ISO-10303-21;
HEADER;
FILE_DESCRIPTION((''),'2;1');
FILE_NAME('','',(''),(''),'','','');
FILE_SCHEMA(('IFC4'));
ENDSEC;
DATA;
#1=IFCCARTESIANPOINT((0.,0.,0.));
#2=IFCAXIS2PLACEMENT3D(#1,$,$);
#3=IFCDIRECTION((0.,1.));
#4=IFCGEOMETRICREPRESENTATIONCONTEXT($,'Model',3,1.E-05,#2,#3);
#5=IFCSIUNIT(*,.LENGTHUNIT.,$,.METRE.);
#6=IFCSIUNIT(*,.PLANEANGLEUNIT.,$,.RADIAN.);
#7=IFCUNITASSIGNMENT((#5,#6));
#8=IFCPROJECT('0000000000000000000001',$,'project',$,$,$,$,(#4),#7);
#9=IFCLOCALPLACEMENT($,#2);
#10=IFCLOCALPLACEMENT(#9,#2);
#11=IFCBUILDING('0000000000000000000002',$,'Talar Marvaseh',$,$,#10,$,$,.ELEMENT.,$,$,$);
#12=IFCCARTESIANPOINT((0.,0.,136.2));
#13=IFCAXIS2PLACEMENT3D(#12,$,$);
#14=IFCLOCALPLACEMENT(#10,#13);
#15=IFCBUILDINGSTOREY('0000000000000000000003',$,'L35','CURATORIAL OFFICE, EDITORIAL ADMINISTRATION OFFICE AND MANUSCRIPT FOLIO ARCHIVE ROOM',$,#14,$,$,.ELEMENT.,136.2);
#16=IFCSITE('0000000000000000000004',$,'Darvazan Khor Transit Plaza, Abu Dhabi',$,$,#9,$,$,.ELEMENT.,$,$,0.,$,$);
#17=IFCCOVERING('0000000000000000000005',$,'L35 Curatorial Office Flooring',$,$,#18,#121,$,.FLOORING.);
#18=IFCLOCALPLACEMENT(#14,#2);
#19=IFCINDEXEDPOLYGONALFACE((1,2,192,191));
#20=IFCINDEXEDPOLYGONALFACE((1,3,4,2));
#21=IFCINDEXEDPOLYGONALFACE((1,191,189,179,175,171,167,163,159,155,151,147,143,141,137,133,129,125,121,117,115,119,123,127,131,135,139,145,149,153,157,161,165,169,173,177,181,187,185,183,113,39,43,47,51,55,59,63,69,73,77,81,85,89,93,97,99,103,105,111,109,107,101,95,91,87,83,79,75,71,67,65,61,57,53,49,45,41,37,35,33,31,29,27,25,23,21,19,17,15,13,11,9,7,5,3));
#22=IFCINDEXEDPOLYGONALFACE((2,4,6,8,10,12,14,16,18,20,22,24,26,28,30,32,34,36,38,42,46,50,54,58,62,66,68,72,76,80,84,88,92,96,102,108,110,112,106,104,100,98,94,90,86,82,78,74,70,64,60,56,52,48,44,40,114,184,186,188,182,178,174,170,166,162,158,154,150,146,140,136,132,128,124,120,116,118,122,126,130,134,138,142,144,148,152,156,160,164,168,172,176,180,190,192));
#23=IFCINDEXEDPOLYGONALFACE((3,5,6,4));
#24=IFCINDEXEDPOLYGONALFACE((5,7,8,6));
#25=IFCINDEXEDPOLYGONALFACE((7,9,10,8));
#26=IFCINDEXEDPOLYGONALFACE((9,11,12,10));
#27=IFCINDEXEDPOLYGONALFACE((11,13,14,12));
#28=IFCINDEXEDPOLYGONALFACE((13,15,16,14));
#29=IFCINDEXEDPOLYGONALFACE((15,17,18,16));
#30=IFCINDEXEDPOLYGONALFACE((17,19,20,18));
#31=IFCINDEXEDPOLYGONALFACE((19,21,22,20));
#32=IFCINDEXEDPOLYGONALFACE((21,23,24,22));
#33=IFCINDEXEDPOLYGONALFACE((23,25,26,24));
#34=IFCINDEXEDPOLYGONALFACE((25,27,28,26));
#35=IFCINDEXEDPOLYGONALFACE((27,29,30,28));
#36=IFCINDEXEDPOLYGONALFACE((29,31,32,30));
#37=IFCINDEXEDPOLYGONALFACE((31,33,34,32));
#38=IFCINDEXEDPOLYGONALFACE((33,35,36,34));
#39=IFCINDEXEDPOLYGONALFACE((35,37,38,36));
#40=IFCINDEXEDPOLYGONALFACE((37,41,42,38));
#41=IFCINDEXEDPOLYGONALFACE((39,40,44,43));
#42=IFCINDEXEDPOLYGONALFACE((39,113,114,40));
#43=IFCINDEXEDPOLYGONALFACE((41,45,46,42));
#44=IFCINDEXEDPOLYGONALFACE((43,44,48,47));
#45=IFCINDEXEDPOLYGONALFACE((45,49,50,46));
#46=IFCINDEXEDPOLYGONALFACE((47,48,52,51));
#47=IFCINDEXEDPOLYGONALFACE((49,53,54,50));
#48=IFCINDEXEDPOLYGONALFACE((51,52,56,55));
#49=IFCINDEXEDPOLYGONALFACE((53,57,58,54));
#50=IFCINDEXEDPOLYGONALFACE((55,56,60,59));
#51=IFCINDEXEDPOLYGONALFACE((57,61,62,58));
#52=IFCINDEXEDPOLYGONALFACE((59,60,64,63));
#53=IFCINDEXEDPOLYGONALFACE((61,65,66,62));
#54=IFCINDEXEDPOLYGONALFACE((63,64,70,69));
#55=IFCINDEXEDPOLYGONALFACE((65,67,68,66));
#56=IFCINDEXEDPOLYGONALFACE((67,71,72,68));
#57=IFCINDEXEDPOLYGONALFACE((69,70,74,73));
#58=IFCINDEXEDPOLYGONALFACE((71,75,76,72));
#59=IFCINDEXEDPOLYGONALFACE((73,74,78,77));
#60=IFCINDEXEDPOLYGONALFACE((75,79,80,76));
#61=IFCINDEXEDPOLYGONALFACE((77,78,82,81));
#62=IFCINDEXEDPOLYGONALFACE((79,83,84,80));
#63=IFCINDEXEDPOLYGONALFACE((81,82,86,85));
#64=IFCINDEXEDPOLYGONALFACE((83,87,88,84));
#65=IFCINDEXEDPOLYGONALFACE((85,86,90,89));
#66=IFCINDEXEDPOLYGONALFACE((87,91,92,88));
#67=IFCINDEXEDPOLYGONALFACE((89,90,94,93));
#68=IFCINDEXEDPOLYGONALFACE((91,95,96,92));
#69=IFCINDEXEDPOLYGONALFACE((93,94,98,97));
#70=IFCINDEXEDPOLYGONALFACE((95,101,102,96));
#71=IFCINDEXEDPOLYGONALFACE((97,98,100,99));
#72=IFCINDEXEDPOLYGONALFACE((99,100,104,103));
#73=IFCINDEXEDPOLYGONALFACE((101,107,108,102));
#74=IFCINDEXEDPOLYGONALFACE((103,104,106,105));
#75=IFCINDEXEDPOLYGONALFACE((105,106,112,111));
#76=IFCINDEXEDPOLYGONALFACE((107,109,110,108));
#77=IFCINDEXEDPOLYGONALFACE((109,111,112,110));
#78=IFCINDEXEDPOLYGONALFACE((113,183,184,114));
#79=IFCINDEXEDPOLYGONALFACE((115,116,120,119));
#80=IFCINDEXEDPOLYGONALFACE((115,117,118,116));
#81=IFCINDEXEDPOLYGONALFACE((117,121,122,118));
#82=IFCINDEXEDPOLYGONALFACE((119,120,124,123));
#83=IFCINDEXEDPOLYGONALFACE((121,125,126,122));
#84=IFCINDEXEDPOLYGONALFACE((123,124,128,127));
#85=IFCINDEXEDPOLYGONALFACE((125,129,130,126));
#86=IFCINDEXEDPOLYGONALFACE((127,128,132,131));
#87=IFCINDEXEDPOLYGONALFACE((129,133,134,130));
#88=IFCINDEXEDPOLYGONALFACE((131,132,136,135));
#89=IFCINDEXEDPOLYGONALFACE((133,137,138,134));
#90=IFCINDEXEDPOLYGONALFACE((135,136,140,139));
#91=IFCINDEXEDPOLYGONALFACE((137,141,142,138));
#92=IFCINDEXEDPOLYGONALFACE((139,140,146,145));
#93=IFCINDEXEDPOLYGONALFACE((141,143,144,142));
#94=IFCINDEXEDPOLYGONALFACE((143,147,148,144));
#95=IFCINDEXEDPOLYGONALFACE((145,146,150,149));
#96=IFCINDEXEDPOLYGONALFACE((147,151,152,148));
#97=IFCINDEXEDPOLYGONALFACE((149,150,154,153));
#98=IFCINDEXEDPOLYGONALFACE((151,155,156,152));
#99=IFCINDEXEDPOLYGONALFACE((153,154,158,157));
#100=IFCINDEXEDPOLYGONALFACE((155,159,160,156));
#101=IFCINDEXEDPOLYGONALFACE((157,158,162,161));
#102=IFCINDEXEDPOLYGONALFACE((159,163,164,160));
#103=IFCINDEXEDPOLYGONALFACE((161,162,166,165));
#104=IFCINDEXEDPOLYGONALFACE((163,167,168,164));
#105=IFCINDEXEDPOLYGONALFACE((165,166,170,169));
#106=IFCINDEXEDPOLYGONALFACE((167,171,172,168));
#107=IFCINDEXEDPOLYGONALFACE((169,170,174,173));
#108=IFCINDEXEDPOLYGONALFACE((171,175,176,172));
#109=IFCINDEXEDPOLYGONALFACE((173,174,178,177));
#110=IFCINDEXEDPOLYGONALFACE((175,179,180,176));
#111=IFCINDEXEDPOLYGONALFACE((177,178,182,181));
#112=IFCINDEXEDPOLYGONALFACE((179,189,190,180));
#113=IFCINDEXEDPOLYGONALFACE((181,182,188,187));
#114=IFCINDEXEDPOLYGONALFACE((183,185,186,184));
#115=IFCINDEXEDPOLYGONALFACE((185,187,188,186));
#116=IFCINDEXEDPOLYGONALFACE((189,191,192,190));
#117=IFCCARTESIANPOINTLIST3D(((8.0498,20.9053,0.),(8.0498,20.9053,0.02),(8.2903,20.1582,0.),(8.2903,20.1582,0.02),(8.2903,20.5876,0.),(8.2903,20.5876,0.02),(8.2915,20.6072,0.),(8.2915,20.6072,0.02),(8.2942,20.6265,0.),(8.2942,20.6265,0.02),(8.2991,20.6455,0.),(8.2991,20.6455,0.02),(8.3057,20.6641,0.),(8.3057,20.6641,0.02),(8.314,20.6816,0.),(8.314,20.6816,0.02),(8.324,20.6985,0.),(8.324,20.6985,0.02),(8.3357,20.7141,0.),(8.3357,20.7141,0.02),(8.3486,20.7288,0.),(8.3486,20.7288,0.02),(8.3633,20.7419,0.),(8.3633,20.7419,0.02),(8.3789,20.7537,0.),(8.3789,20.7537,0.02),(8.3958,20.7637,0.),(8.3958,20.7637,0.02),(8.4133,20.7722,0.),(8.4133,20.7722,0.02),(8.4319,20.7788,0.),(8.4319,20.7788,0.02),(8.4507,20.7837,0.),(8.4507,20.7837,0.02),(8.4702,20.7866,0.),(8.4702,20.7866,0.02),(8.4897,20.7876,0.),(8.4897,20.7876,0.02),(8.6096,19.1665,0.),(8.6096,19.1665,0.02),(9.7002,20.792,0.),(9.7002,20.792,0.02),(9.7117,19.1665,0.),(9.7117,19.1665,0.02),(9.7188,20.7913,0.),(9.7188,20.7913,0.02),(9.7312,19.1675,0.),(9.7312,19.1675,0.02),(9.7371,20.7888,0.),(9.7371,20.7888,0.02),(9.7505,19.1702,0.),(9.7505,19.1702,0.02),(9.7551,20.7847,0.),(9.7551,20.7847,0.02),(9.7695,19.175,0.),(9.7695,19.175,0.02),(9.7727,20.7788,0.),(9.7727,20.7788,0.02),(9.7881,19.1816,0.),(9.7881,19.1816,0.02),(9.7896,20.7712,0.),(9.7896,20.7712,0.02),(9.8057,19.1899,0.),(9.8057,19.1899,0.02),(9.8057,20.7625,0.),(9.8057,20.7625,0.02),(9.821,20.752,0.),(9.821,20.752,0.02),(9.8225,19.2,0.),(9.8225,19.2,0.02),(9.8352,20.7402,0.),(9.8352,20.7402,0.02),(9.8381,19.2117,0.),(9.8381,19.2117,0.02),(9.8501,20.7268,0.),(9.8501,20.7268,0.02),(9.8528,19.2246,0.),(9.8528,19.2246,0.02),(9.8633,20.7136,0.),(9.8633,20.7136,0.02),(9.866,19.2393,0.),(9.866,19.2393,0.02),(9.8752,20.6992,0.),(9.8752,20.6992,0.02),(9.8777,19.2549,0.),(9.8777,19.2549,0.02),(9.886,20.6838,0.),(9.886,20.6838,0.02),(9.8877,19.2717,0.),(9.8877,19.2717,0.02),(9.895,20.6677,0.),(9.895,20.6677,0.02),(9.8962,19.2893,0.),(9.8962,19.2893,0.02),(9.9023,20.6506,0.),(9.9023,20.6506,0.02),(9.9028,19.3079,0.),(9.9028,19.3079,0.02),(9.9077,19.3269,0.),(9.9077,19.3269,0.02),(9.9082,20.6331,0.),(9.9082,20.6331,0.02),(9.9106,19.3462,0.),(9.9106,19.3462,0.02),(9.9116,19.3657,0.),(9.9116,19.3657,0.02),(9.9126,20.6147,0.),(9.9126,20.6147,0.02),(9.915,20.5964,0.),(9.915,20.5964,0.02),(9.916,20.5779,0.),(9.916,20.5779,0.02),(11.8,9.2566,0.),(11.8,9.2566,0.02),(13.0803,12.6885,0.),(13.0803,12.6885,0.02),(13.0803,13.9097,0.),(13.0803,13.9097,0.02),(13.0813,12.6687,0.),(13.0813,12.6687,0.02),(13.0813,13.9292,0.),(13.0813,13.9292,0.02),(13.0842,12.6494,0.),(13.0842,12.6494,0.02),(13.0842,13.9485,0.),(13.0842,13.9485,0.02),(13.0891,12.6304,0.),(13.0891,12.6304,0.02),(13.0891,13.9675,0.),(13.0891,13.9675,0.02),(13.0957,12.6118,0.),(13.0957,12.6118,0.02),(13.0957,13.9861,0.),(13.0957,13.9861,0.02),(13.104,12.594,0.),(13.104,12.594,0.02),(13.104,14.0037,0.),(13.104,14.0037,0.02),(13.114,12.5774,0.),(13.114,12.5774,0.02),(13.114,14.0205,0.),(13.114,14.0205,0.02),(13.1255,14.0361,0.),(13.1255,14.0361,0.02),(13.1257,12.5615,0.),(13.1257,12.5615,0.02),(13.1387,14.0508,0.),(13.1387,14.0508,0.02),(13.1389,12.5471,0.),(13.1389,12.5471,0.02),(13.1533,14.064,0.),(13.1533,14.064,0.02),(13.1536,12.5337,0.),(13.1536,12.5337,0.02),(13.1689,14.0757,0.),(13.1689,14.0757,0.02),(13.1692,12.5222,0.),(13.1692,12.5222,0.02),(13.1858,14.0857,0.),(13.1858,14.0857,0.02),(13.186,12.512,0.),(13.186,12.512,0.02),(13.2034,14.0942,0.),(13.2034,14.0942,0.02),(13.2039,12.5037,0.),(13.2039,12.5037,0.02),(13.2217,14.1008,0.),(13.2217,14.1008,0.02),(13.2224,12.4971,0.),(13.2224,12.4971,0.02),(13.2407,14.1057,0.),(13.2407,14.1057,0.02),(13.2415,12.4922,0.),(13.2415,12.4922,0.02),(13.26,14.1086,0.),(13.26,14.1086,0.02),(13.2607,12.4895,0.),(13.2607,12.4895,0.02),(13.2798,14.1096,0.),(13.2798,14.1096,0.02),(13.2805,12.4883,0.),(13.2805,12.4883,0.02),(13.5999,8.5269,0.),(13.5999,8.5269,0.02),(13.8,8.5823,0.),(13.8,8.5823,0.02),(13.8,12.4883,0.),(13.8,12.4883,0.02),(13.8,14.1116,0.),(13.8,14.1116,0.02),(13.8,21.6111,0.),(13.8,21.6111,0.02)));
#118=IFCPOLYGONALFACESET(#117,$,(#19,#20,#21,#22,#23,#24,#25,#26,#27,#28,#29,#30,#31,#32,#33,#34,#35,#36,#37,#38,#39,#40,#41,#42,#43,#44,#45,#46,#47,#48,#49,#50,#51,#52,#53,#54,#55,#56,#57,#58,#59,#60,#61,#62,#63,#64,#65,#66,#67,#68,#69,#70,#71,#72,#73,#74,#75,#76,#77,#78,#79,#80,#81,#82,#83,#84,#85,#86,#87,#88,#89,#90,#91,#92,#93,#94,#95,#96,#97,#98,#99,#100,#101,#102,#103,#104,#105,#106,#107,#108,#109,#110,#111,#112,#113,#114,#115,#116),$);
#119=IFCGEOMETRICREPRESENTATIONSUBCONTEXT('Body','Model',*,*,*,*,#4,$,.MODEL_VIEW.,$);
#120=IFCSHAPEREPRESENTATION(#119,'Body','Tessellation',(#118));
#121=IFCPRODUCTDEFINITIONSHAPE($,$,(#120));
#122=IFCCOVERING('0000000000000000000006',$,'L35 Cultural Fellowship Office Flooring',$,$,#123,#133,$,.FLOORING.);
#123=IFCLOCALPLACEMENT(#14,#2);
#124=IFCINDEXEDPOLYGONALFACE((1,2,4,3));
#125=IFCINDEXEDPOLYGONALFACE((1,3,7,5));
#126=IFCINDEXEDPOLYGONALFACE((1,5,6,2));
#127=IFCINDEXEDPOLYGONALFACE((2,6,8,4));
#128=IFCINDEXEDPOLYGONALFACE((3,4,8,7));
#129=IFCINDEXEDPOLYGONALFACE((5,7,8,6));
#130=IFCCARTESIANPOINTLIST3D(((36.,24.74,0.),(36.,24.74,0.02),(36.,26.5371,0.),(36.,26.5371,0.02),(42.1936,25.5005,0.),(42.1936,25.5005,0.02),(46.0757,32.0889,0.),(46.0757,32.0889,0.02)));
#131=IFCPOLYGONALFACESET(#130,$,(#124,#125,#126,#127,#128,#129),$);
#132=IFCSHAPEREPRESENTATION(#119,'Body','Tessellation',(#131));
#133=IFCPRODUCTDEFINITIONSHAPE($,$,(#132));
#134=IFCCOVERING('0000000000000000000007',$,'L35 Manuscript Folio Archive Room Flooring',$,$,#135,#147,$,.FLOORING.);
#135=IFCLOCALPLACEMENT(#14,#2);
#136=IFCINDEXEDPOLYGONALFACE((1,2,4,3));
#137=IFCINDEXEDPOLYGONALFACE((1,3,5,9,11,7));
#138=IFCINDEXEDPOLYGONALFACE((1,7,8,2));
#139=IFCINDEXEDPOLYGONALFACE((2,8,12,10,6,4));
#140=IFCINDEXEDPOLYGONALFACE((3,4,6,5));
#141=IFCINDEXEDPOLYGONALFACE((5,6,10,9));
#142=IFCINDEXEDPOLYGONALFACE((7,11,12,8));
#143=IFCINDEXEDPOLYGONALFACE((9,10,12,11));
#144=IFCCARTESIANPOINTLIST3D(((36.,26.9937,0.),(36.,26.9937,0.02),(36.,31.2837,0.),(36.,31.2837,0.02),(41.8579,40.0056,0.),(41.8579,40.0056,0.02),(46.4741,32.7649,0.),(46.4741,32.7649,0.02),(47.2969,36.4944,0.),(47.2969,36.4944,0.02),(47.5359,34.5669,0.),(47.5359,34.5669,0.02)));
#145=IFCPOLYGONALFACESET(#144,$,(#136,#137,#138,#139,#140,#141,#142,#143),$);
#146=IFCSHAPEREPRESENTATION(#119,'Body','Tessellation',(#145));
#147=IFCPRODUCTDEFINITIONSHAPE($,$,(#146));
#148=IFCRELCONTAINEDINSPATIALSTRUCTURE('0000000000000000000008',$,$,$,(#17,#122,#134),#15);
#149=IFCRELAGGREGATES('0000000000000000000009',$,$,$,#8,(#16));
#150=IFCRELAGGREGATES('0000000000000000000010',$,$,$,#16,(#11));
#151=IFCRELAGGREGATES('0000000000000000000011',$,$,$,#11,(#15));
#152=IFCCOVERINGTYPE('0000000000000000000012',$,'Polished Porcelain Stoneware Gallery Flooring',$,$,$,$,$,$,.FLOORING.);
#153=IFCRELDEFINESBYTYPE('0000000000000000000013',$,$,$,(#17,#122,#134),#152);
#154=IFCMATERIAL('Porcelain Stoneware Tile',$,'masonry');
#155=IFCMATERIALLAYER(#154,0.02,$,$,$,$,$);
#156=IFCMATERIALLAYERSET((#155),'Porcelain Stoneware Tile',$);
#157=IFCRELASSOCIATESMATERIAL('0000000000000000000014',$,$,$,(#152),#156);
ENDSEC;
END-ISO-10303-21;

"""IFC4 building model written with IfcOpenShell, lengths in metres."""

from ifc_helpers import new_model, si_unit, direction, frame, origin, place, context, subcontext, project, spatial, polyline, outline, extrude, material, layer, layer_set, type_object, element, save


model = new_model("IFC4")

# Units and contexts
model_context = context("Model", 3, precision=1e-05, world=origin(), true_north=direction((0.0, 1.0)))
body_context = subcontext(model_context, "Body", "Model", "MODEL_VIEW")
ifc_project = project(units=[si_unit("LENGTHUNIT", "METRE"), si_unit("PLANEANGLEUNIT", "RADIAN")], contexts=[model_context])

# Site, building, storey
site_placement = place(None, origin())
site = spatial("IfcSite", under=ifc_project, at=site_placement, Name="Darvazan Khor Transit Plaza, Abu Dhabi", CompositionType="ELEMENT", RefElevation=0.0)
building_placement = place(site_placement, origin())
building = spatial("IfcBuilding", under=site, at=building_placement, Name="Talar Marvaseh", CompositionType="ELEMENT")
storey_placement = place(building_placement, frame((0.0, 0.0, 136.2)))
storey = spatial("IfcBuildingStorey", under=building, at=storey_placement, Name="L35", Description="CURATORIAL OFFICE, EDITORIAL ADMINISTRATION OFFICE AND MANUSCRIPT FOLIO ARCHIVE ROOM", CompositionType="ELEMENT", Elevation=136.2)

# Coverings
ifc_material_1 = material(Name="Porcelain Stoneware Tile", Category="masonry")
ifc_layer_1 = layer(ifc_material_1, 0.02)
ifc_layer_set_1 = layer_set([ifc_layer_1], Name="Porcelain Stoneware Tile")
covering_type_1 = type_object("IfcCoveringType", Name="Polished Porcelain Stoneware Gallery Flooring", PredefinedType="FLOORING", material=ifc_layer_set_1)
covering_1_placement = place(storey_placement, origin())
element("IfcCovering", 1, at=covering_1_placement, inside=storey, type_object=covering_type_1, Name="L35 Curatorial Office Flooring", PredefinedType="FLOORING", context=body_context, shape_type="SweptSolid", body=[
    extrude(outline(polyline([(13.8, 14.1116), (13.2798, 14.1096), (13.26, 14.1086), (13.2407, 14.1057), (13.2217, 14.1008), (13.2034, 14.0942), (13.1858, 14.0857), (13.1689, 14.0757), (13.1533, 14.064), (13.1387, 14.0508), (13.1255, 14.0361), (13.114, 14.0205), (13.104, 14.0037), (13.0957, 13.9861), (13.0891, 13.9675), (13.0842, 13.9485), (13.0813, 13.9292), (13.0803, 13.9097), (13.0803, 12.6885), (13.0813, 12.6687), (13.0842, 12.6494), (13.0891, 12.6304), (13.0957, 12.6118), (13.104, 12.594), (13.114, 12.5774), (13.1257, 12.5615), (13.1389, 12.5471), (13.1536, 12.5337), (13.1692, 12.5222), (13.186, 12.512), (13.2039, 12.5037), (13.2224, 12.4971), (13.2415, 12.4922), (13.2607, 12.4895), (13.2805, 12.4883), (13.8, 12.4883), (13.8, 8.5823), (13.5999, 8.5269), (11.8, 9.2566), (8.6096, 19.1665), (9.7117, 19.1665), (9.7312, 19.1675), (9.7505, 19.1702), (9.7695, 19.175), (9.7881, 19.1816), (9.8057, 19.1899), (9.8225, 19.2), (9.8381, 19.2117), (9.8528, 19.2246), (9.866, 19.2393), (9.8777, 19.2549), (9.8877, 19.2717), (9.8962, 19.2893), (9.9028, 19.3079), (9.9077, 19.3269), (9.9106, 19.3462), (9.9116, 19.3657), (9.916, 20.5779), (9.915, 20.5964), (9.9126, 20.6147), (9.9082, 20.6331), (9.9023, 20.6506), (9.895, 20.6677), (9.886, 20.6838), (9.8752, 20.6992), (9.8633, 20.7136), (9.8501, 20.7268), (9.8352, 20.7402), (9.821, 20.752), (9.8057, 20.7625), (9.7896, 20.7712), (9.7727, 20.7788), (9.7551, 20.7847), (9.7371, 20.7888), (9.7188, 20.7913), (9.7002, 20.792), (8.4897, 20.7876), (8.4702, 20.7866), (8.4507, 20.7837), (8.4319, 20.7788), (8.4133, 20.7722), (8.3958, 20.7637), (8.3789, 20.7537), (8.3633, 20.7419), (8.3486, 20.7288), (8.3357, 20.7141), (8.324, 20.6985), (8.314, 20.6816), (8.3057, 20.6641), (8.2991, 20.6455), (8.2942, 20.6265), (8.2915, 20.6072), (8.2903, 20.5876), (8.2903, 20.1582), (8.0498, 20.9053), (13.8, 21.6111), (13.8, 14.1116)])), origin(), (0.0, 0.0, 1.0), 0.02),
])
covering_2_placement = place(storey_placement, origin())
element("IfcCovering", 2, at=covering_2_placement, inside=storey, type_object=covering_type_1, Name="L35 Cultural Fellowship Office Flooring", PredefinedType="FLOORING", context=body_context, shape_type="SweptSolid", body=[
    extrude(outline(polyline([(46.0757, 32.0889), (42.1936, 25.5005), (36.0, 24.74), (36.0, 26.5371), (46.0757, 32.0889)])), origin(), (0.0, 0.0, 1.0), 0.02),
])
covering_3_placement = place(storey_placement, origin())
element("IfcCovering", 3, at=covering_3_placement, inside=storey, type_object=covering_type_1, Name="L35 Manuscript Folio Archive Room Flooring", PredefinedType="FLOORING", context=body_context, shape_type="SweptSolid", body=[
    extrude(outline(polyline([(36.0, 26.9937), (36.0, 31.2837), (41.8579, 40.0056), (47.2969, 36.4944), (47.5359, 34.5669), (46.4741, 32.7649), (36.0, 26.9937)])), origin(), (0.0, 0.0, 1.0), 0.02),
])

save(model, "model.ifc")
